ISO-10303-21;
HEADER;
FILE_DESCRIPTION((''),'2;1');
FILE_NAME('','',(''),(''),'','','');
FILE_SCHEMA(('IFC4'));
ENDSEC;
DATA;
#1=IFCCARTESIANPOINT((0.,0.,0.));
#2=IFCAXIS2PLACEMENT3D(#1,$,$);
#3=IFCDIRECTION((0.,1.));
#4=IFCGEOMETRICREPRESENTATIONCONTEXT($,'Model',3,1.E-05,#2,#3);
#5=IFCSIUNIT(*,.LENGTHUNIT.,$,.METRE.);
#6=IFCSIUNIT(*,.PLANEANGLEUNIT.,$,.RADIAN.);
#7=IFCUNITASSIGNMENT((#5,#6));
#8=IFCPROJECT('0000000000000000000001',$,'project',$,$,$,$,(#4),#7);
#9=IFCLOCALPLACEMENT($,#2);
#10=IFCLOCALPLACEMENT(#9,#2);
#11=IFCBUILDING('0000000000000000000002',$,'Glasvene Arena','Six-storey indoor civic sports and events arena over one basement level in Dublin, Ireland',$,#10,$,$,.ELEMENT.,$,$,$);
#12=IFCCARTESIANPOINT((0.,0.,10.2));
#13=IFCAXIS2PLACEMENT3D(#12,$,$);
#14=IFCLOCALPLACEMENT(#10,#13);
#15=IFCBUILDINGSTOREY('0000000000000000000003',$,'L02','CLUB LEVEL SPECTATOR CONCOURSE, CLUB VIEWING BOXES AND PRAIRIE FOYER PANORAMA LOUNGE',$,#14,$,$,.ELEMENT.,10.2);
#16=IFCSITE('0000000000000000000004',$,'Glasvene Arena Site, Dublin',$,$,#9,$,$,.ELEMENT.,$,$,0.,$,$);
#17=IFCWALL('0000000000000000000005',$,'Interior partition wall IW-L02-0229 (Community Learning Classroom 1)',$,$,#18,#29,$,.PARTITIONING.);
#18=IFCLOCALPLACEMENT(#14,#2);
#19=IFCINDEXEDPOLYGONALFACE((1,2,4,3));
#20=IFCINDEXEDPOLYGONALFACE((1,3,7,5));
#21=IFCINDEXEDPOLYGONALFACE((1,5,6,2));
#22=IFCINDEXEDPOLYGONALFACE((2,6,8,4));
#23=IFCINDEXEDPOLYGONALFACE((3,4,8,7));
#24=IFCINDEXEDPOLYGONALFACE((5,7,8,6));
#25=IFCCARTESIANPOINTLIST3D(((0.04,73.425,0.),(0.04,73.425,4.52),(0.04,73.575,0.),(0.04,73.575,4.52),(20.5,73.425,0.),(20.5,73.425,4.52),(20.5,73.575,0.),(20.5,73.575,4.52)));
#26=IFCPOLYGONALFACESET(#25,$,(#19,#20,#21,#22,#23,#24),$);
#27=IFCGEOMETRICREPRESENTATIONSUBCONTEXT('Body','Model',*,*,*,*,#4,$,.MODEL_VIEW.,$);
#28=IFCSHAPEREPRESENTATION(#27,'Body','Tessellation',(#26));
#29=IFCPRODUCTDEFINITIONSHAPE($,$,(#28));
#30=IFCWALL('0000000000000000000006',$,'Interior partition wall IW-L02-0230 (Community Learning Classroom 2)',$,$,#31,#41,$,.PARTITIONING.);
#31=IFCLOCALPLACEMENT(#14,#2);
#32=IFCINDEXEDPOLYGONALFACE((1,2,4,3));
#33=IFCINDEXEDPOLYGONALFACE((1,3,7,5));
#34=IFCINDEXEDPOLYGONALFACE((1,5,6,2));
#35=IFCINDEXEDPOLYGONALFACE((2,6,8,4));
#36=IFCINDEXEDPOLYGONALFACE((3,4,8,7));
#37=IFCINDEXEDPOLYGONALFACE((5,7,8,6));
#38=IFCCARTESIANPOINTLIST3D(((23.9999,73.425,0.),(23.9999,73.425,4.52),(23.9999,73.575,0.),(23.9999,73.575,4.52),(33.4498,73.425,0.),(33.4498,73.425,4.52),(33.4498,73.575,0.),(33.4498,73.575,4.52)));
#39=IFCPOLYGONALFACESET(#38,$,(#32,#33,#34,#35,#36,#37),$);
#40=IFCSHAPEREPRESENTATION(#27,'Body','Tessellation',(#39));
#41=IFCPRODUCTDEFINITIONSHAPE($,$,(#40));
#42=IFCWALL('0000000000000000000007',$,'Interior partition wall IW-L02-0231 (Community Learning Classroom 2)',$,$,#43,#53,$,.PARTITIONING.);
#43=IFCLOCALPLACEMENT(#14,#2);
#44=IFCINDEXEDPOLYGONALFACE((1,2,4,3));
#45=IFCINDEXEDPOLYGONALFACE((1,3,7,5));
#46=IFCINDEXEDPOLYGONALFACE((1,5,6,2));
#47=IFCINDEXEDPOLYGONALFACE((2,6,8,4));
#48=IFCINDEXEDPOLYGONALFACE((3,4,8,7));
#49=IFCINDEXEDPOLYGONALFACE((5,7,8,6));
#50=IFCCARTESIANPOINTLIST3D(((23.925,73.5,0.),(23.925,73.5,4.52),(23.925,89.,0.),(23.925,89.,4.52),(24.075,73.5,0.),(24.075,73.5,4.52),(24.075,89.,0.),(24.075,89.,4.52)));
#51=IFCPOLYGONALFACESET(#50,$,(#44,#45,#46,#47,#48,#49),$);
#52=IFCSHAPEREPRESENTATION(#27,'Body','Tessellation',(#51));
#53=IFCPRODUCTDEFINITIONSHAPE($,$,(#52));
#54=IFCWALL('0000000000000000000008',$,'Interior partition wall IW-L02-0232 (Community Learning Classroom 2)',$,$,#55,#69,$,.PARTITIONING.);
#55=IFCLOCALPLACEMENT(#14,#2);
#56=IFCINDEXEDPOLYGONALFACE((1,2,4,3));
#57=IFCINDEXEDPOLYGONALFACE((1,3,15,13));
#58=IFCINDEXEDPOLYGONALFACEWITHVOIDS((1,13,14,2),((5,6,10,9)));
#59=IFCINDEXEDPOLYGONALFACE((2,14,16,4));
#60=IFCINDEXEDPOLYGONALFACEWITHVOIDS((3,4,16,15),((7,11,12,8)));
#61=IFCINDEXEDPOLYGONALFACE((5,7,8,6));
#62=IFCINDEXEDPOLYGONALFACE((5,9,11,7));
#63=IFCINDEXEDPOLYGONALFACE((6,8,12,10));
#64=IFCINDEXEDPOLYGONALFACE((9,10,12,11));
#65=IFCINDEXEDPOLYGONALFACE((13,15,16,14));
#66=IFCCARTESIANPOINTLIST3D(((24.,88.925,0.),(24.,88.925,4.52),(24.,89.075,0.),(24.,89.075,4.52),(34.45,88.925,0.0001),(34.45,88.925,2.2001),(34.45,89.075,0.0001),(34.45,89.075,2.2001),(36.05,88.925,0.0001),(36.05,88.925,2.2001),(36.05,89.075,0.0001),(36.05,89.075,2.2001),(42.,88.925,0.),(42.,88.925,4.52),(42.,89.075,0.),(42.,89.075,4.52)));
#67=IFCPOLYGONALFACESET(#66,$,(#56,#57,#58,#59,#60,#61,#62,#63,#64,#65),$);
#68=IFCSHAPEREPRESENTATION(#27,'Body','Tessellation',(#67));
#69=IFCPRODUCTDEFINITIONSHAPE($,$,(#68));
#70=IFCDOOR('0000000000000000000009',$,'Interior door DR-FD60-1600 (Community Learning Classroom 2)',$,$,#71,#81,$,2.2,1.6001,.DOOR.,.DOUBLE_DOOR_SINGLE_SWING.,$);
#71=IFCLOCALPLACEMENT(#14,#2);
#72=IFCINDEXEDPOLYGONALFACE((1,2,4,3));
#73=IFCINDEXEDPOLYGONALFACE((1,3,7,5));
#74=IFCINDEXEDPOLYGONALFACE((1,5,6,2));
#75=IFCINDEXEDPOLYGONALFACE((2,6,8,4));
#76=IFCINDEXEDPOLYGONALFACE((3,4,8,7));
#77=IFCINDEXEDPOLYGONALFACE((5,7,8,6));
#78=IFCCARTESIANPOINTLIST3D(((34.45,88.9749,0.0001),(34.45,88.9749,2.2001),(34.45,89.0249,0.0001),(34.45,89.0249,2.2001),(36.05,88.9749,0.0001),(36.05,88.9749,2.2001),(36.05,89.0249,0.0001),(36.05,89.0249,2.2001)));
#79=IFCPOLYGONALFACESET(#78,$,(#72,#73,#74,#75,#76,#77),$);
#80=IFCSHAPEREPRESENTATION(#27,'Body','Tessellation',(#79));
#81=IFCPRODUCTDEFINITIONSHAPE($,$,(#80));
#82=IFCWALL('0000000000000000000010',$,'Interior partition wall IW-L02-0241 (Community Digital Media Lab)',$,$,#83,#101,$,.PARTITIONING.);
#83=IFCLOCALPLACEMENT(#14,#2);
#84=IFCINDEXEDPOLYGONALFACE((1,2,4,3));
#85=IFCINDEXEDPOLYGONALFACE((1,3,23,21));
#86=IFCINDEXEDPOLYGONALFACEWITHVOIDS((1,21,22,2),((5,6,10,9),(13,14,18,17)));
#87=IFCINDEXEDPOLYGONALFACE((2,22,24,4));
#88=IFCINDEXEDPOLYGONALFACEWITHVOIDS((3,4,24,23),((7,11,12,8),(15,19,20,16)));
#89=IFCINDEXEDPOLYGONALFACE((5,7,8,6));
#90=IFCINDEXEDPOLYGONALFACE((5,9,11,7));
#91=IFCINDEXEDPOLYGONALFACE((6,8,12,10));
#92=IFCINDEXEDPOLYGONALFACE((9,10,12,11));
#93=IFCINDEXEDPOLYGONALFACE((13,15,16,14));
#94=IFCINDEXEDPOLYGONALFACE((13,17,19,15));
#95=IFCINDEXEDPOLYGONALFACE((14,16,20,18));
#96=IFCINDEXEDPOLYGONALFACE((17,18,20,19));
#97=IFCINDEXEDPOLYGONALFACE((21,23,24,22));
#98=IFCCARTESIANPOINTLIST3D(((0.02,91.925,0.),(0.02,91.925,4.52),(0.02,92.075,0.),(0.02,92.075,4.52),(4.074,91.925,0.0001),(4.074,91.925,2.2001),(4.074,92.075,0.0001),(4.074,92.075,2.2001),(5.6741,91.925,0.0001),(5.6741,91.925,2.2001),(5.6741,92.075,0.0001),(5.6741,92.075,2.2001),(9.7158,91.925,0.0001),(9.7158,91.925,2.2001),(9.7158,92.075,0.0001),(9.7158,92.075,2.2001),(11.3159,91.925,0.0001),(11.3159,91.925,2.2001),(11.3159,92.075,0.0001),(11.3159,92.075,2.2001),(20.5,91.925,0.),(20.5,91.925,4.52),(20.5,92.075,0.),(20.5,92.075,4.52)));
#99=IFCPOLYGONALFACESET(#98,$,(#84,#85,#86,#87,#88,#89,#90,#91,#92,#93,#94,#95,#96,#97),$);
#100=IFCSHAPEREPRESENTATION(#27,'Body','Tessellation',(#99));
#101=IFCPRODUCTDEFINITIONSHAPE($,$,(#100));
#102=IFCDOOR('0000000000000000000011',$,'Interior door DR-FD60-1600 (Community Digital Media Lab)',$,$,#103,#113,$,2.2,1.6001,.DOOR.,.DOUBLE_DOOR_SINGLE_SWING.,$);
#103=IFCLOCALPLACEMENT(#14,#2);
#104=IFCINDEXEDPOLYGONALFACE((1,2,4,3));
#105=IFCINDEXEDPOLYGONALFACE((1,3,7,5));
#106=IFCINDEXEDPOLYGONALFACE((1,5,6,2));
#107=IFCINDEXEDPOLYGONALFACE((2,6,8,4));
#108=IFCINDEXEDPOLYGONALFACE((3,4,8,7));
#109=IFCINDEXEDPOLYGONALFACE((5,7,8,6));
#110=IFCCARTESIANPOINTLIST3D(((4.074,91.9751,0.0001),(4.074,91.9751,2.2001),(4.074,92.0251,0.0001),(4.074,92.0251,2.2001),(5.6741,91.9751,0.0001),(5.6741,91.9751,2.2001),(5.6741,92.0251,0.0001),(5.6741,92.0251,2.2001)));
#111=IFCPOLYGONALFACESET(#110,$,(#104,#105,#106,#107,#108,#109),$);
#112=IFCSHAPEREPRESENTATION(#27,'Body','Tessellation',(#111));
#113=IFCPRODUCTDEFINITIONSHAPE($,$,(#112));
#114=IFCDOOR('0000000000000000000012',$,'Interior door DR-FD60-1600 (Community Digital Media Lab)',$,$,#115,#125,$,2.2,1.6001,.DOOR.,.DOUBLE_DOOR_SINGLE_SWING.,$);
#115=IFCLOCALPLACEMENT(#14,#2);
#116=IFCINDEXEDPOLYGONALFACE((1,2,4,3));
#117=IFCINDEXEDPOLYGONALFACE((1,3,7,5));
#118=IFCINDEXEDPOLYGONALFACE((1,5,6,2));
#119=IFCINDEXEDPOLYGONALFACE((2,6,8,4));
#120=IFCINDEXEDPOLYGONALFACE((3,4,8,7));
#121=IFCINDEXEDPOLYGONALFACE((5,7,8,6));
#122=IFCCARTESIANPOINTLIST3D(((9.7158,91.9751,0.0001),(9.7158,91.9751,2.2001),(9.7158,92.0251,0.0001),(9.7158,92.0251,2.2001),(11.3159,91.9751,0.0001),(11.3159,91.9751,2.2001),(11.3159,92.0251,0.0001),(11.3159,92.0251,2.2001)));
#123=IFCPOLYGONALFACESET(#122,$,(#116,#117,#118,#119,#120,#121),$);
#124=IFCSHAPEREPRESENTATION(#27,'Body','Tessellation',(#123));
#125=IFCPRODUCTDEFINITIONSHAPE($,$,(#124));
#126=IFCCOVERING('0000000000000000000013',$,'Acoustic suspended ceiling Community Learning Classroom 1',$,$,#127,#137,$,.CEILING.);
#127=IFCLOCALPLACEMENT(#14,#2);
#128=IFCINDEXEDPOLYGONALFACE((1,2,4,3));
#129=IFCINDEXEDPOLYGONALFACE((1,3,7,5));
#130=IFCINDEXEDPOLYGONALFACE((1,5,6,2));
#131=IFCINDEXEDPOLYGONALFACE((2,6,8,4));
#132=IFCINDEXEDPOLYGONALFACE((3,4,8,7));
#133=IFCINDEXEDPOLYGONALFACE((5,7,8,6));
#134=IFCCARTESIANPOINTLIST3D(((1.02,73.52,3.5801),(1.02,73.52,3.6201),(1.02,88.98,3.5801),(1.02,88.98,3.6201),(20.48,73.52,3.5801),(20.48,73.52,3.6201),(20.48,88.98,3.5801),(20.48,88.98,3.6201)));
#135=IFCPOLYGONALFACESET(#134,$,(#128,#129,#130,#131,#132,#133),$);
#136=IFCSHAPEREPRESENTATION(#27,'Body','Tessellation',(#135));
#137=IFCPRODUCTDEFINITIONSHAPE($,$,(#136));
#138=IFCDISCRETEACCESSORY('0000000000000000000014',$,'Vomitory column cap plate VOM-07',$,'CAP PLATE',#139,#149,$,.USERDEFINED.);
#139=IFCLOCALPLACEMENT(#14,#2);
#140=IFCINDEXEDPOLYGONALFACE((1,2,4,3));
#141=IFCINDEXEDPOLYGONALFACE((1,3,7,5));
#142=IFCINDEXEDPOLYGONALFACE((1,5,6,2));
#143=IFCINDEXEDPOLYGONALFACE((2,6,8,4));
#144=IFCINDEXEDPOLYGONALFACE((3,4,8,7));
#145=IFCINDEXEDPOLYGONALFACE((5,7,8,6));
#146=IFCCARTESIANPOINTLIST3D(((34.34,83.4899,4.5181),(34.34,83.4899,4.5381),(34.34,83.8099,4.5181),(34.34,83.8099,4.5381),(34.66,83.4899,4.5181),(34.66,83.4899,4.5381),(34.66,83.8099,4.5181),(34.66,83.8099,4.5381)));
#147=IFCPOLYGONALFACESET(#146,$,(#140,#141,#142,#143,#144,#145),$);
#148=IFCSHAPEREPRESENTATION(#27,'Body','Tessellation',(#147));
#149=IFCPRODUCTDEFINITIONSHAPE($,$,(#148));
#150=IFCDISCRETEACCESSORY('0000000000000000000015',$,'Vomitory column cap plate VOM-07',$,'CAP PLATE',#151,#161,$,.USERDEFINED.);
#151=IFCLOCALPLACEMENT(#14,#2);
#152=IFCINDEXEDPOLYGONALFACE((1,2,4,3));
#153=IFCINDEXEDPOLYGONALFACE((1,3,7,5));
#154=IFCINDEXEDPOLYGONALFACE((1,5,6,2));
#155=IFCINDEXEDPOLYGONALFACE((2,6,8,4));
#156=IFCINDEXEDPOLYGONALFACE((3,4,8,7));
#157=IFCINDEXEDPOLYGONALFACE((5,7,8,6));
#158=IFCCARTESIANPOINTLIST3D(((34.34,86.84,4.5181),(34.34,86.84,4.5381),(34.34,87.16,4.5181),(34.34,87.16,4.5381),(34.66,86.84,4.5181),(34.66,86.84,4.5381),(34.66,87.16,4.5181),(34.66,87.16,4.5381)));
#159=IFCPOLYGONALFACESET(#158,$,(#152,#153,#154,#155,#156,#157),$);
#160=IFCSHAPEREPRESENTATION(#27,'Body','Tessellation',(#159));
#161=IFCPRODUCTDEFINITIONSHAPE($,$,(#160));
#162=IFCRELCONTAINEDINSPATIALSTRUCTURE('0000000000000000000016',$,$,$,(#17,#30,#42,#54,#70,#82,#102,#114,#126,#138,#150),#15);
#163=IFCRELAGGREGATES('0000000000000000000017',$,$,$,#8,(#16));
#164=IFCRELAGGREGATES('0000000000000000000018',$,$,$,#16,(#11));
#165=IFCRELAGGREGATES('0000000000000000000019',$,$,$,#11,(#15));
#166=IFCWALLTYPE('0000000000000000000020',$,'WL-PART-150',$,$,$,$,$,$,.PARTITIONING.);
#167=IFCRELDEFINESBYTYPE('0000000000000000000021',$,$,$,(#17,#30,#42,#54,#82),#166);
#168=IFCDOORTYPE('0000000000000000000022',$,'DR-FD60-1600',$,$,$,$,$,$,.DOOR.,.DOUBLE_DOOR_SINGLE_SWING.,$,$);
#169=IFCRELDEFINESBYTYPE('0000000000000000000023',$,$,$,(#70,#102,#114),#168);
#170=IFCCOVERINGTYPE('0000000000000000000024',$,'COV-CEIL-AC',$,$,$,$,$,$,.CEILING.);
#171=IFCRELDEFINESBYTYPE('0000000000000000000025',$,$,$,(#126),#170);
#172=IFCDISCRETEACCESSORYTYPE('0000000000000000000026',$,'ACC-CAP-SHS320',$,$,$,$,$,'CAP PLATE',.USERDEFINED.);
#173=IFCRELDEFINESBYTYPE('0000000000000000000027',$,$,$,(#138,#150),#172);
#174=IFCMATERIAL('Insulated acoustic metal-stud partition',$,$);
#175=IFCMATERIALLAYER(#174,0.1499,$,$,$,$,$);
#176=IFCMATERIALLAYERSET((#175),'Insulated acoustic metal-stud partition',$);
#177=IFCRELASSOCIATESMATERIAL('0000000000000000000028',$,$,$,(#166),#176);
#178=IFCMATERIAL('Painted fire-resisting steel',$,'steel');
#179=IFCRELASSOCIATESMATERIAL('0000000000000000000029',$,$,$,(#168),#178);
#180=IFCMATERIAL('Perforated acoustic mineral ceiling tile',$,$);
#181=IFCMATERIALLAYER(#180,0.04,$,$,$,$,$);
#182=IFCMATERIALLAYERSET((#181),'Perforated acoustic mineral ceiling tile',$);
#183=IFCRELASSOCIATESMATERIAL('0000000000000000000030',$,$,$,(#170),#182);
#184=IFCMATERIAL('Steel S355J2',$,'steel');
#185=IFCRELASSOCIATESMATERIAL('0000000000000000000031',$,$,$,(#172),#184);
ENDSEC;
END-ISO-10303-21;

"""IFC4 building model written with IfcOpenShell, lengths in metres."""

from ifc_helpers import new_model, si_unit, direction, frame, frame_2d, origin, origin_2d, place, context, subcontext, project, spatial, polyline, rectangle, outline, extrude, material, layer, layer_set, type_object, element, fill, save


model = new_model("IFC4")

# Units and contexts
model_context = context("Model", 3, precision=1e-05, world=origin(), true_north=direction((0.0, 1.0)))
body_context = subcontext(model_context, "Body", "Model", "MODEL_VIEW")
ifc_project = project(units=[si_unit("LENGTHUNIT", "METRE"), si_unit("PLANEANGLEUNIT", "RADIAN")], contexts=[model_context])

# Site, building, storey
site_placement = place(None, origin())
site = spatial("IfcSite", under=ifc_project, at=site_placement, Name="Glasvene Arena Site, Dublin", CompositionType="ELEMENT", RefElevation=0.0)
building_placement = place(site_placement, origin())
building = spatial("IfcBuilding", under=site, at=building_placement, Name="Glasvene Arena", Description="Six-storey indoor civic sports and events arena over one basement level in Dublin, Ireland", CompositionType="ELEMENT")
storey_placement = place(building_placement, frame((0.0, 0.0, 10.2)))
storey = spatial("IfcBuildingStorey", under=building, at=storey_placement, Name="L02", Description="CLUB LEVEL SPECTATOR CONCOURSE, CLUB VIEWING BOXES AND PRAIRIE FOYER PANORAMA LOUNGE", CompositionType="ELEMENT", Elevation=10.2)

# Shared definitions
ifc_material_1 = material(Name="Steel S355J2", Category="steel")

# Shared definitions
ifc_material_2 = material(Name="Insulated acoustic metal-stud partition")
ifc_layer_1 = layer(ifc_material_2, 0.1499)
ifc_layer_set_1 = layer_set([ifc_layer_1], Name="Insulated acoustic metal-stud partition")
wall_type_1 = type_object("IfcWallType", Name="WL-PART-150", PredefinedType="PARTITIONING", material=ifc_layer_set_1)
ifc_material_3 = material(Name="Painted fire-resisting steel", Category="steel")
door_type = type_object("IfcDoorType", Name="DR-FD60-1600", OperationType="DOUBLE_DOOR_SINGLE_SWING", PredefinedType="DOOR", material=ifc_material_3)

# Walls
wall_1_placement = place(storey_placement, frame((20.5, 73.5, 0.0), z_axis=(0.0, 0.0, 1.0), x_axis=(-1.0, 0.0, 0.0)))
element("IfcWall", 1, at=wall_1_placement, inside=storey, type_object=wall_type_1, Name="Interior partition wall IW-L02-0229 (Community Learning Classroom 1)", PredefinedType="PARTITIONING", context=body_context, shape_type="SweptSolid", body=[
    extrude(rectangle(XDim=20.46, YDim=0.1499, at=frame_2d((10.23, 0.0))), origin(), (0.0, 0.0, 1.0), 4.52),
])
wall_2_placement = place(storey_placement, frame((33.45, 73.5, 0.0), z_axis=(0.0, 0.0, 1.0), x_axis=(-1.0, 0.0, 0.0)))
element("IfcWall", 2, at=wall_2_placement, inside=storey, type_object=wall_type_1, Name="Interior partition wall IW-L02-0230 (Community Learning Classroom 2)", PredefinedType="PARTITIONING", context=body_context, shape_type="SweptSolid", body=[
    extrude(rectangle(XDim=9.45, YDim=0.1499, at=frame_2d((4.7251, 0.0))), origin(), (0.0, 0.0, 1.0), 4.52),
])
wall_3_placement = place(storey_placement, frame((24.0, 73.5, 0.0), z_axis=(0.0, 0.0, 1.0), x_axis=(0.0, 1.0, 0.0)))
element("IfcWall", 3, at=wall_3_placement, inside=storey, type_object=wall_type_1, Name="Interior partition wall IW-L02-0231 (Community Learning Classroom 2)", PredefinedType="PARTITIONING", context=body_context, shape_type="SweptSolid", body=[
    extrude(rectangle(XDim=15.5, YDim=0.1499, at=frame_2d((7.75, 0.0))), origin(), (0.0, 0.0, 1.0), 4.52),
])

# Wall, opening, door
wall_4_placement = place(storey_placement, frame((24.0, 89.0, 0.0), z_axis=(0.0, 0.0, 1.0), x_axis=(1.0, 0.0, 0.0)))
wall_4 = element("IfcWall", 4, at=wall_4_placement, inside=storey, type_object=wall_type_1, Name="Interior partition wall IW-L02-0232 (Community Learning Classroom 2)", PredefinedType="PARTITIONING", context=body_context, shape_type="SweptSolid", body=[
    extrude(rectangle(XDim=18.0, YDim=0.1499, at=frame_2d((9.0, 0.0))), origin(), (0.0, 0.0, 1.0), 4.52),
])
opening_1_placement = place(wall_4_placement, frame((10.45, 0.0, 0.0)))
opening_1 = element("IfcOpeningElement", 5, at=opening_1_placement, cuts=wall_4, PredefinedType="OPENING", context=body_context, shape_type="SweptSolid", body=[
    extrude(rectangle(XDim=1.6001, YDim=2.2, at=frame_2d((0.8, 1.1001))), frame((0.0, 0.085, 0.0), z_axis=(0.0, -1.0, 0.0), x_axis=(1.0, 0.0, 0.0)), (0.0, 0.0, 1.0), 0.1699),
])
door_1_placement = place(opening_1_placement, origin())
door_1 = element("IfcDoor", 6, at=door_1_placement, inside=storey, type_object=door_type, Name="Interior door DR-FD60-1600 (Community Learning Classroom 2)", OperationType="DOUBLE_DOOR_SINGLE_SWING", OverallHeight=2.2, OverallWidth=1.6001, PredefinedType="DOOR", context=body_context, shape_type="SweptSolid", body=[
    extrude(rectangle(XDim=1.6001, YDim=2.2, at=frame_2d((0.8, 1.1001))), frame((0.0, 0.0249, 0.0), z_axis=(0.0, -1.0, 0.0), x_axis=(1.0, 0.0, 0.0)), (0.0, 0.0, 1.0), 0.05),
])
fill(opening_1, door_1)

# Wall, openings, doors
wall_5_placement = place(storey_placement, frame((20.5, 92.0, 0.0), z_axis=(0.0, 0.0, 1.0), x_axis=(-1.0, 0.0, 0.0)))
wall_5 = element("IfcWall", 7, at=wall_5_placement, inside=storey, type_object=wall_type_1, Name="Interior partition wall IW-L02-0241 (Community Digital Media Lab)", PredefinedType="PARTITIONING", context=body_context, shape_type="SweptSolid", body=[
    extrude(rectangle(XDim=20.48, YDim=0.1499, at=frame_2d((10.24, 0.0))), origin(), (0.0, 0.0, 1.0), 4.52),
])
opening_2_placement = place(wall_5_placement, frame((14.8259, 0.0, 0.0)))
opening_2 = element("IfcOpeningElement", 8, at=opening_2_placement, cuts=wall_5, PredefinedType="OPENING", context=body_context, shape_type="SweptSolid", body=[
    extrude(rectangle(XDim=1.6001, YDim=2.2, at=frame_2d((0.8, 1.1001))), frame((0.0, 0.085, 0.0), z_axis=(0.0, -1.0, 0.0), x_axis=(1.0, 0.0, 0.0)), (0.0, 0.0, 1.0), 0.1699),
])
opening_3_placement = place(wall_5_placement, frame((9.1841, 0.0, 0.0)))
opening_3 = element("IfcOpeningElement", 9, at=opening_3_placement, cuts=wall_5, PredefinedType="OPENING", context=body_context, shape_type="SweptSolid", body=[
    extrude(rectangle(XDim=1.6001, YDim=2.2, at=frame_2d((0.8, 1.1001))), frame((0.0, 0.085, 0.0), z_axis=(0.0, -1.0, 0.0), x_axis=(1.0, 0.0, 0.0)), (0.0, 0.0, 1.0), 0.1699),
])
door_2_placement = place(opening_2_placement, origin())
door_2 = element("IfcDoor", 10, at=door_2_placement, inside=storey, type_object=door_type, Name="Interior door DR-FD60-1600 (Community Digital Media Lab)", OperationType="DOUBLE_DOOR_SINGLE_SWING", OverallHeight=2.2, OverallWidth=1.6001, PredefinedType="DOOR", context=body_context, shape_type="SweptSolid", body=[
    extrude(rectangle(XDim=1.6001, YDim=2.2, at=frame_2d((0.8, 1.1001))), frame((0.0, 0.0249, 0.0), z_axis=(0.0, -1.0, 0.0), x_axis=(1.0, 0.0, 0.0)), (0.0, 0.0, 1.0), 0.05),
])
fill(opening_2, door_2)
door_3_placement = place(opening_3_placement, origin())
door_3 = element("IfcDoor", 11, at=door_3_placement, inside=storey, type_object=door_type, Name="Interior door DR-FD60-1600 (Community Digital Media Lab)", OperationType="DOUBLE_DOOR_SINGLE_SWING", OverallHeight=2.2, OverallWidth=1.6001, PredefinedType="DOOR", context=body_context, shape_type="SweptSolid", body=[
    extrude(rectangle(XDim=1.6001, YDim=2.2, at=frame_2d((0.8, 1.1001))), frame((0.0, 0.0249, 0.0), z_axis=(0.0, -1.0, 0.0), x_axis=(1.0, 0.0, 0.0)), (0.0, 0.0, 1.0), 0.05),
])
fill(opening_3, door_3)

# Covering
ifc_material_4 = material(Name="Perforated acoustic mineral ceiling tile")
ifc_layer_2 = layer(ifc_material_4, 0.04)
ifc_layer_set_2 = layer_set([ifc_layer_2], Name="Perforated acoustic mineral ceiling tile")
covering_type = type_object("IfcCoveringType", Name="COV-CEIL-AC", PredefinedType="CEILING", material=ifc_layer_set_2)
covering_placement = place(storey_placement, frame((10.75, 81.25, 3.5801)))
element("IfcCovering", 12, at=covering_placement, inside=storey, type_object=covering_type, Name="Acoustic suspended ceiling Community Learning Classroom 1", PredefinedType="CEILING", context=body_context, shape_type="SweptSolid", body=[
    extrude(outline(polyline([(9.73, 7.73), (9.73, -7.73), (-9.73, -7.73), (-9.73, 7.73), (9.73, 7.73)])), origin(), (0.0, 0.0, 1.0), 0.04),
])

# Discrete accessories
discrete_accessory_type = type_object("IfcDiscreteAccessoryType", Name="ACC-CAP-SHS320", ElementType="CAP PLATE", PredefinedType="USERDEFINED", material=ifc_material_1)
for number, where, z_axis, x_axis, name in (
    (13, (34.5, 83.6499, 4.5181), (0.0, 0.0, 1.0), (1.0, 0.0, 0.0), "Vomitory column cap plate VOM-07"),
    (14, (34.5, 87.0, 4.5181), (0.0, 0.0, 1.0), (1.0, 0.0, 0.0), "Vomitory column cap plate VOM-07"),
):
    element("IfcDiscreteAccessory", number, at=place(storey_placement, frame(where, z_axis=z_axis, x_axis=x_axis)), inside=storey, type_object=discrete_accessory_type, Name=name, ObjectType="CAP PLATE", PredefinedType="USERDEFINED", context=body_context, shape_type="SweptSolid", body=[
        extrude(rectangle(XDim=0.3201, YDim=0.3201, at=origin_2d()), origin(), (0.0, 0.0, 1.0), 0.02),
    ])

save(model, "model.ifc")
